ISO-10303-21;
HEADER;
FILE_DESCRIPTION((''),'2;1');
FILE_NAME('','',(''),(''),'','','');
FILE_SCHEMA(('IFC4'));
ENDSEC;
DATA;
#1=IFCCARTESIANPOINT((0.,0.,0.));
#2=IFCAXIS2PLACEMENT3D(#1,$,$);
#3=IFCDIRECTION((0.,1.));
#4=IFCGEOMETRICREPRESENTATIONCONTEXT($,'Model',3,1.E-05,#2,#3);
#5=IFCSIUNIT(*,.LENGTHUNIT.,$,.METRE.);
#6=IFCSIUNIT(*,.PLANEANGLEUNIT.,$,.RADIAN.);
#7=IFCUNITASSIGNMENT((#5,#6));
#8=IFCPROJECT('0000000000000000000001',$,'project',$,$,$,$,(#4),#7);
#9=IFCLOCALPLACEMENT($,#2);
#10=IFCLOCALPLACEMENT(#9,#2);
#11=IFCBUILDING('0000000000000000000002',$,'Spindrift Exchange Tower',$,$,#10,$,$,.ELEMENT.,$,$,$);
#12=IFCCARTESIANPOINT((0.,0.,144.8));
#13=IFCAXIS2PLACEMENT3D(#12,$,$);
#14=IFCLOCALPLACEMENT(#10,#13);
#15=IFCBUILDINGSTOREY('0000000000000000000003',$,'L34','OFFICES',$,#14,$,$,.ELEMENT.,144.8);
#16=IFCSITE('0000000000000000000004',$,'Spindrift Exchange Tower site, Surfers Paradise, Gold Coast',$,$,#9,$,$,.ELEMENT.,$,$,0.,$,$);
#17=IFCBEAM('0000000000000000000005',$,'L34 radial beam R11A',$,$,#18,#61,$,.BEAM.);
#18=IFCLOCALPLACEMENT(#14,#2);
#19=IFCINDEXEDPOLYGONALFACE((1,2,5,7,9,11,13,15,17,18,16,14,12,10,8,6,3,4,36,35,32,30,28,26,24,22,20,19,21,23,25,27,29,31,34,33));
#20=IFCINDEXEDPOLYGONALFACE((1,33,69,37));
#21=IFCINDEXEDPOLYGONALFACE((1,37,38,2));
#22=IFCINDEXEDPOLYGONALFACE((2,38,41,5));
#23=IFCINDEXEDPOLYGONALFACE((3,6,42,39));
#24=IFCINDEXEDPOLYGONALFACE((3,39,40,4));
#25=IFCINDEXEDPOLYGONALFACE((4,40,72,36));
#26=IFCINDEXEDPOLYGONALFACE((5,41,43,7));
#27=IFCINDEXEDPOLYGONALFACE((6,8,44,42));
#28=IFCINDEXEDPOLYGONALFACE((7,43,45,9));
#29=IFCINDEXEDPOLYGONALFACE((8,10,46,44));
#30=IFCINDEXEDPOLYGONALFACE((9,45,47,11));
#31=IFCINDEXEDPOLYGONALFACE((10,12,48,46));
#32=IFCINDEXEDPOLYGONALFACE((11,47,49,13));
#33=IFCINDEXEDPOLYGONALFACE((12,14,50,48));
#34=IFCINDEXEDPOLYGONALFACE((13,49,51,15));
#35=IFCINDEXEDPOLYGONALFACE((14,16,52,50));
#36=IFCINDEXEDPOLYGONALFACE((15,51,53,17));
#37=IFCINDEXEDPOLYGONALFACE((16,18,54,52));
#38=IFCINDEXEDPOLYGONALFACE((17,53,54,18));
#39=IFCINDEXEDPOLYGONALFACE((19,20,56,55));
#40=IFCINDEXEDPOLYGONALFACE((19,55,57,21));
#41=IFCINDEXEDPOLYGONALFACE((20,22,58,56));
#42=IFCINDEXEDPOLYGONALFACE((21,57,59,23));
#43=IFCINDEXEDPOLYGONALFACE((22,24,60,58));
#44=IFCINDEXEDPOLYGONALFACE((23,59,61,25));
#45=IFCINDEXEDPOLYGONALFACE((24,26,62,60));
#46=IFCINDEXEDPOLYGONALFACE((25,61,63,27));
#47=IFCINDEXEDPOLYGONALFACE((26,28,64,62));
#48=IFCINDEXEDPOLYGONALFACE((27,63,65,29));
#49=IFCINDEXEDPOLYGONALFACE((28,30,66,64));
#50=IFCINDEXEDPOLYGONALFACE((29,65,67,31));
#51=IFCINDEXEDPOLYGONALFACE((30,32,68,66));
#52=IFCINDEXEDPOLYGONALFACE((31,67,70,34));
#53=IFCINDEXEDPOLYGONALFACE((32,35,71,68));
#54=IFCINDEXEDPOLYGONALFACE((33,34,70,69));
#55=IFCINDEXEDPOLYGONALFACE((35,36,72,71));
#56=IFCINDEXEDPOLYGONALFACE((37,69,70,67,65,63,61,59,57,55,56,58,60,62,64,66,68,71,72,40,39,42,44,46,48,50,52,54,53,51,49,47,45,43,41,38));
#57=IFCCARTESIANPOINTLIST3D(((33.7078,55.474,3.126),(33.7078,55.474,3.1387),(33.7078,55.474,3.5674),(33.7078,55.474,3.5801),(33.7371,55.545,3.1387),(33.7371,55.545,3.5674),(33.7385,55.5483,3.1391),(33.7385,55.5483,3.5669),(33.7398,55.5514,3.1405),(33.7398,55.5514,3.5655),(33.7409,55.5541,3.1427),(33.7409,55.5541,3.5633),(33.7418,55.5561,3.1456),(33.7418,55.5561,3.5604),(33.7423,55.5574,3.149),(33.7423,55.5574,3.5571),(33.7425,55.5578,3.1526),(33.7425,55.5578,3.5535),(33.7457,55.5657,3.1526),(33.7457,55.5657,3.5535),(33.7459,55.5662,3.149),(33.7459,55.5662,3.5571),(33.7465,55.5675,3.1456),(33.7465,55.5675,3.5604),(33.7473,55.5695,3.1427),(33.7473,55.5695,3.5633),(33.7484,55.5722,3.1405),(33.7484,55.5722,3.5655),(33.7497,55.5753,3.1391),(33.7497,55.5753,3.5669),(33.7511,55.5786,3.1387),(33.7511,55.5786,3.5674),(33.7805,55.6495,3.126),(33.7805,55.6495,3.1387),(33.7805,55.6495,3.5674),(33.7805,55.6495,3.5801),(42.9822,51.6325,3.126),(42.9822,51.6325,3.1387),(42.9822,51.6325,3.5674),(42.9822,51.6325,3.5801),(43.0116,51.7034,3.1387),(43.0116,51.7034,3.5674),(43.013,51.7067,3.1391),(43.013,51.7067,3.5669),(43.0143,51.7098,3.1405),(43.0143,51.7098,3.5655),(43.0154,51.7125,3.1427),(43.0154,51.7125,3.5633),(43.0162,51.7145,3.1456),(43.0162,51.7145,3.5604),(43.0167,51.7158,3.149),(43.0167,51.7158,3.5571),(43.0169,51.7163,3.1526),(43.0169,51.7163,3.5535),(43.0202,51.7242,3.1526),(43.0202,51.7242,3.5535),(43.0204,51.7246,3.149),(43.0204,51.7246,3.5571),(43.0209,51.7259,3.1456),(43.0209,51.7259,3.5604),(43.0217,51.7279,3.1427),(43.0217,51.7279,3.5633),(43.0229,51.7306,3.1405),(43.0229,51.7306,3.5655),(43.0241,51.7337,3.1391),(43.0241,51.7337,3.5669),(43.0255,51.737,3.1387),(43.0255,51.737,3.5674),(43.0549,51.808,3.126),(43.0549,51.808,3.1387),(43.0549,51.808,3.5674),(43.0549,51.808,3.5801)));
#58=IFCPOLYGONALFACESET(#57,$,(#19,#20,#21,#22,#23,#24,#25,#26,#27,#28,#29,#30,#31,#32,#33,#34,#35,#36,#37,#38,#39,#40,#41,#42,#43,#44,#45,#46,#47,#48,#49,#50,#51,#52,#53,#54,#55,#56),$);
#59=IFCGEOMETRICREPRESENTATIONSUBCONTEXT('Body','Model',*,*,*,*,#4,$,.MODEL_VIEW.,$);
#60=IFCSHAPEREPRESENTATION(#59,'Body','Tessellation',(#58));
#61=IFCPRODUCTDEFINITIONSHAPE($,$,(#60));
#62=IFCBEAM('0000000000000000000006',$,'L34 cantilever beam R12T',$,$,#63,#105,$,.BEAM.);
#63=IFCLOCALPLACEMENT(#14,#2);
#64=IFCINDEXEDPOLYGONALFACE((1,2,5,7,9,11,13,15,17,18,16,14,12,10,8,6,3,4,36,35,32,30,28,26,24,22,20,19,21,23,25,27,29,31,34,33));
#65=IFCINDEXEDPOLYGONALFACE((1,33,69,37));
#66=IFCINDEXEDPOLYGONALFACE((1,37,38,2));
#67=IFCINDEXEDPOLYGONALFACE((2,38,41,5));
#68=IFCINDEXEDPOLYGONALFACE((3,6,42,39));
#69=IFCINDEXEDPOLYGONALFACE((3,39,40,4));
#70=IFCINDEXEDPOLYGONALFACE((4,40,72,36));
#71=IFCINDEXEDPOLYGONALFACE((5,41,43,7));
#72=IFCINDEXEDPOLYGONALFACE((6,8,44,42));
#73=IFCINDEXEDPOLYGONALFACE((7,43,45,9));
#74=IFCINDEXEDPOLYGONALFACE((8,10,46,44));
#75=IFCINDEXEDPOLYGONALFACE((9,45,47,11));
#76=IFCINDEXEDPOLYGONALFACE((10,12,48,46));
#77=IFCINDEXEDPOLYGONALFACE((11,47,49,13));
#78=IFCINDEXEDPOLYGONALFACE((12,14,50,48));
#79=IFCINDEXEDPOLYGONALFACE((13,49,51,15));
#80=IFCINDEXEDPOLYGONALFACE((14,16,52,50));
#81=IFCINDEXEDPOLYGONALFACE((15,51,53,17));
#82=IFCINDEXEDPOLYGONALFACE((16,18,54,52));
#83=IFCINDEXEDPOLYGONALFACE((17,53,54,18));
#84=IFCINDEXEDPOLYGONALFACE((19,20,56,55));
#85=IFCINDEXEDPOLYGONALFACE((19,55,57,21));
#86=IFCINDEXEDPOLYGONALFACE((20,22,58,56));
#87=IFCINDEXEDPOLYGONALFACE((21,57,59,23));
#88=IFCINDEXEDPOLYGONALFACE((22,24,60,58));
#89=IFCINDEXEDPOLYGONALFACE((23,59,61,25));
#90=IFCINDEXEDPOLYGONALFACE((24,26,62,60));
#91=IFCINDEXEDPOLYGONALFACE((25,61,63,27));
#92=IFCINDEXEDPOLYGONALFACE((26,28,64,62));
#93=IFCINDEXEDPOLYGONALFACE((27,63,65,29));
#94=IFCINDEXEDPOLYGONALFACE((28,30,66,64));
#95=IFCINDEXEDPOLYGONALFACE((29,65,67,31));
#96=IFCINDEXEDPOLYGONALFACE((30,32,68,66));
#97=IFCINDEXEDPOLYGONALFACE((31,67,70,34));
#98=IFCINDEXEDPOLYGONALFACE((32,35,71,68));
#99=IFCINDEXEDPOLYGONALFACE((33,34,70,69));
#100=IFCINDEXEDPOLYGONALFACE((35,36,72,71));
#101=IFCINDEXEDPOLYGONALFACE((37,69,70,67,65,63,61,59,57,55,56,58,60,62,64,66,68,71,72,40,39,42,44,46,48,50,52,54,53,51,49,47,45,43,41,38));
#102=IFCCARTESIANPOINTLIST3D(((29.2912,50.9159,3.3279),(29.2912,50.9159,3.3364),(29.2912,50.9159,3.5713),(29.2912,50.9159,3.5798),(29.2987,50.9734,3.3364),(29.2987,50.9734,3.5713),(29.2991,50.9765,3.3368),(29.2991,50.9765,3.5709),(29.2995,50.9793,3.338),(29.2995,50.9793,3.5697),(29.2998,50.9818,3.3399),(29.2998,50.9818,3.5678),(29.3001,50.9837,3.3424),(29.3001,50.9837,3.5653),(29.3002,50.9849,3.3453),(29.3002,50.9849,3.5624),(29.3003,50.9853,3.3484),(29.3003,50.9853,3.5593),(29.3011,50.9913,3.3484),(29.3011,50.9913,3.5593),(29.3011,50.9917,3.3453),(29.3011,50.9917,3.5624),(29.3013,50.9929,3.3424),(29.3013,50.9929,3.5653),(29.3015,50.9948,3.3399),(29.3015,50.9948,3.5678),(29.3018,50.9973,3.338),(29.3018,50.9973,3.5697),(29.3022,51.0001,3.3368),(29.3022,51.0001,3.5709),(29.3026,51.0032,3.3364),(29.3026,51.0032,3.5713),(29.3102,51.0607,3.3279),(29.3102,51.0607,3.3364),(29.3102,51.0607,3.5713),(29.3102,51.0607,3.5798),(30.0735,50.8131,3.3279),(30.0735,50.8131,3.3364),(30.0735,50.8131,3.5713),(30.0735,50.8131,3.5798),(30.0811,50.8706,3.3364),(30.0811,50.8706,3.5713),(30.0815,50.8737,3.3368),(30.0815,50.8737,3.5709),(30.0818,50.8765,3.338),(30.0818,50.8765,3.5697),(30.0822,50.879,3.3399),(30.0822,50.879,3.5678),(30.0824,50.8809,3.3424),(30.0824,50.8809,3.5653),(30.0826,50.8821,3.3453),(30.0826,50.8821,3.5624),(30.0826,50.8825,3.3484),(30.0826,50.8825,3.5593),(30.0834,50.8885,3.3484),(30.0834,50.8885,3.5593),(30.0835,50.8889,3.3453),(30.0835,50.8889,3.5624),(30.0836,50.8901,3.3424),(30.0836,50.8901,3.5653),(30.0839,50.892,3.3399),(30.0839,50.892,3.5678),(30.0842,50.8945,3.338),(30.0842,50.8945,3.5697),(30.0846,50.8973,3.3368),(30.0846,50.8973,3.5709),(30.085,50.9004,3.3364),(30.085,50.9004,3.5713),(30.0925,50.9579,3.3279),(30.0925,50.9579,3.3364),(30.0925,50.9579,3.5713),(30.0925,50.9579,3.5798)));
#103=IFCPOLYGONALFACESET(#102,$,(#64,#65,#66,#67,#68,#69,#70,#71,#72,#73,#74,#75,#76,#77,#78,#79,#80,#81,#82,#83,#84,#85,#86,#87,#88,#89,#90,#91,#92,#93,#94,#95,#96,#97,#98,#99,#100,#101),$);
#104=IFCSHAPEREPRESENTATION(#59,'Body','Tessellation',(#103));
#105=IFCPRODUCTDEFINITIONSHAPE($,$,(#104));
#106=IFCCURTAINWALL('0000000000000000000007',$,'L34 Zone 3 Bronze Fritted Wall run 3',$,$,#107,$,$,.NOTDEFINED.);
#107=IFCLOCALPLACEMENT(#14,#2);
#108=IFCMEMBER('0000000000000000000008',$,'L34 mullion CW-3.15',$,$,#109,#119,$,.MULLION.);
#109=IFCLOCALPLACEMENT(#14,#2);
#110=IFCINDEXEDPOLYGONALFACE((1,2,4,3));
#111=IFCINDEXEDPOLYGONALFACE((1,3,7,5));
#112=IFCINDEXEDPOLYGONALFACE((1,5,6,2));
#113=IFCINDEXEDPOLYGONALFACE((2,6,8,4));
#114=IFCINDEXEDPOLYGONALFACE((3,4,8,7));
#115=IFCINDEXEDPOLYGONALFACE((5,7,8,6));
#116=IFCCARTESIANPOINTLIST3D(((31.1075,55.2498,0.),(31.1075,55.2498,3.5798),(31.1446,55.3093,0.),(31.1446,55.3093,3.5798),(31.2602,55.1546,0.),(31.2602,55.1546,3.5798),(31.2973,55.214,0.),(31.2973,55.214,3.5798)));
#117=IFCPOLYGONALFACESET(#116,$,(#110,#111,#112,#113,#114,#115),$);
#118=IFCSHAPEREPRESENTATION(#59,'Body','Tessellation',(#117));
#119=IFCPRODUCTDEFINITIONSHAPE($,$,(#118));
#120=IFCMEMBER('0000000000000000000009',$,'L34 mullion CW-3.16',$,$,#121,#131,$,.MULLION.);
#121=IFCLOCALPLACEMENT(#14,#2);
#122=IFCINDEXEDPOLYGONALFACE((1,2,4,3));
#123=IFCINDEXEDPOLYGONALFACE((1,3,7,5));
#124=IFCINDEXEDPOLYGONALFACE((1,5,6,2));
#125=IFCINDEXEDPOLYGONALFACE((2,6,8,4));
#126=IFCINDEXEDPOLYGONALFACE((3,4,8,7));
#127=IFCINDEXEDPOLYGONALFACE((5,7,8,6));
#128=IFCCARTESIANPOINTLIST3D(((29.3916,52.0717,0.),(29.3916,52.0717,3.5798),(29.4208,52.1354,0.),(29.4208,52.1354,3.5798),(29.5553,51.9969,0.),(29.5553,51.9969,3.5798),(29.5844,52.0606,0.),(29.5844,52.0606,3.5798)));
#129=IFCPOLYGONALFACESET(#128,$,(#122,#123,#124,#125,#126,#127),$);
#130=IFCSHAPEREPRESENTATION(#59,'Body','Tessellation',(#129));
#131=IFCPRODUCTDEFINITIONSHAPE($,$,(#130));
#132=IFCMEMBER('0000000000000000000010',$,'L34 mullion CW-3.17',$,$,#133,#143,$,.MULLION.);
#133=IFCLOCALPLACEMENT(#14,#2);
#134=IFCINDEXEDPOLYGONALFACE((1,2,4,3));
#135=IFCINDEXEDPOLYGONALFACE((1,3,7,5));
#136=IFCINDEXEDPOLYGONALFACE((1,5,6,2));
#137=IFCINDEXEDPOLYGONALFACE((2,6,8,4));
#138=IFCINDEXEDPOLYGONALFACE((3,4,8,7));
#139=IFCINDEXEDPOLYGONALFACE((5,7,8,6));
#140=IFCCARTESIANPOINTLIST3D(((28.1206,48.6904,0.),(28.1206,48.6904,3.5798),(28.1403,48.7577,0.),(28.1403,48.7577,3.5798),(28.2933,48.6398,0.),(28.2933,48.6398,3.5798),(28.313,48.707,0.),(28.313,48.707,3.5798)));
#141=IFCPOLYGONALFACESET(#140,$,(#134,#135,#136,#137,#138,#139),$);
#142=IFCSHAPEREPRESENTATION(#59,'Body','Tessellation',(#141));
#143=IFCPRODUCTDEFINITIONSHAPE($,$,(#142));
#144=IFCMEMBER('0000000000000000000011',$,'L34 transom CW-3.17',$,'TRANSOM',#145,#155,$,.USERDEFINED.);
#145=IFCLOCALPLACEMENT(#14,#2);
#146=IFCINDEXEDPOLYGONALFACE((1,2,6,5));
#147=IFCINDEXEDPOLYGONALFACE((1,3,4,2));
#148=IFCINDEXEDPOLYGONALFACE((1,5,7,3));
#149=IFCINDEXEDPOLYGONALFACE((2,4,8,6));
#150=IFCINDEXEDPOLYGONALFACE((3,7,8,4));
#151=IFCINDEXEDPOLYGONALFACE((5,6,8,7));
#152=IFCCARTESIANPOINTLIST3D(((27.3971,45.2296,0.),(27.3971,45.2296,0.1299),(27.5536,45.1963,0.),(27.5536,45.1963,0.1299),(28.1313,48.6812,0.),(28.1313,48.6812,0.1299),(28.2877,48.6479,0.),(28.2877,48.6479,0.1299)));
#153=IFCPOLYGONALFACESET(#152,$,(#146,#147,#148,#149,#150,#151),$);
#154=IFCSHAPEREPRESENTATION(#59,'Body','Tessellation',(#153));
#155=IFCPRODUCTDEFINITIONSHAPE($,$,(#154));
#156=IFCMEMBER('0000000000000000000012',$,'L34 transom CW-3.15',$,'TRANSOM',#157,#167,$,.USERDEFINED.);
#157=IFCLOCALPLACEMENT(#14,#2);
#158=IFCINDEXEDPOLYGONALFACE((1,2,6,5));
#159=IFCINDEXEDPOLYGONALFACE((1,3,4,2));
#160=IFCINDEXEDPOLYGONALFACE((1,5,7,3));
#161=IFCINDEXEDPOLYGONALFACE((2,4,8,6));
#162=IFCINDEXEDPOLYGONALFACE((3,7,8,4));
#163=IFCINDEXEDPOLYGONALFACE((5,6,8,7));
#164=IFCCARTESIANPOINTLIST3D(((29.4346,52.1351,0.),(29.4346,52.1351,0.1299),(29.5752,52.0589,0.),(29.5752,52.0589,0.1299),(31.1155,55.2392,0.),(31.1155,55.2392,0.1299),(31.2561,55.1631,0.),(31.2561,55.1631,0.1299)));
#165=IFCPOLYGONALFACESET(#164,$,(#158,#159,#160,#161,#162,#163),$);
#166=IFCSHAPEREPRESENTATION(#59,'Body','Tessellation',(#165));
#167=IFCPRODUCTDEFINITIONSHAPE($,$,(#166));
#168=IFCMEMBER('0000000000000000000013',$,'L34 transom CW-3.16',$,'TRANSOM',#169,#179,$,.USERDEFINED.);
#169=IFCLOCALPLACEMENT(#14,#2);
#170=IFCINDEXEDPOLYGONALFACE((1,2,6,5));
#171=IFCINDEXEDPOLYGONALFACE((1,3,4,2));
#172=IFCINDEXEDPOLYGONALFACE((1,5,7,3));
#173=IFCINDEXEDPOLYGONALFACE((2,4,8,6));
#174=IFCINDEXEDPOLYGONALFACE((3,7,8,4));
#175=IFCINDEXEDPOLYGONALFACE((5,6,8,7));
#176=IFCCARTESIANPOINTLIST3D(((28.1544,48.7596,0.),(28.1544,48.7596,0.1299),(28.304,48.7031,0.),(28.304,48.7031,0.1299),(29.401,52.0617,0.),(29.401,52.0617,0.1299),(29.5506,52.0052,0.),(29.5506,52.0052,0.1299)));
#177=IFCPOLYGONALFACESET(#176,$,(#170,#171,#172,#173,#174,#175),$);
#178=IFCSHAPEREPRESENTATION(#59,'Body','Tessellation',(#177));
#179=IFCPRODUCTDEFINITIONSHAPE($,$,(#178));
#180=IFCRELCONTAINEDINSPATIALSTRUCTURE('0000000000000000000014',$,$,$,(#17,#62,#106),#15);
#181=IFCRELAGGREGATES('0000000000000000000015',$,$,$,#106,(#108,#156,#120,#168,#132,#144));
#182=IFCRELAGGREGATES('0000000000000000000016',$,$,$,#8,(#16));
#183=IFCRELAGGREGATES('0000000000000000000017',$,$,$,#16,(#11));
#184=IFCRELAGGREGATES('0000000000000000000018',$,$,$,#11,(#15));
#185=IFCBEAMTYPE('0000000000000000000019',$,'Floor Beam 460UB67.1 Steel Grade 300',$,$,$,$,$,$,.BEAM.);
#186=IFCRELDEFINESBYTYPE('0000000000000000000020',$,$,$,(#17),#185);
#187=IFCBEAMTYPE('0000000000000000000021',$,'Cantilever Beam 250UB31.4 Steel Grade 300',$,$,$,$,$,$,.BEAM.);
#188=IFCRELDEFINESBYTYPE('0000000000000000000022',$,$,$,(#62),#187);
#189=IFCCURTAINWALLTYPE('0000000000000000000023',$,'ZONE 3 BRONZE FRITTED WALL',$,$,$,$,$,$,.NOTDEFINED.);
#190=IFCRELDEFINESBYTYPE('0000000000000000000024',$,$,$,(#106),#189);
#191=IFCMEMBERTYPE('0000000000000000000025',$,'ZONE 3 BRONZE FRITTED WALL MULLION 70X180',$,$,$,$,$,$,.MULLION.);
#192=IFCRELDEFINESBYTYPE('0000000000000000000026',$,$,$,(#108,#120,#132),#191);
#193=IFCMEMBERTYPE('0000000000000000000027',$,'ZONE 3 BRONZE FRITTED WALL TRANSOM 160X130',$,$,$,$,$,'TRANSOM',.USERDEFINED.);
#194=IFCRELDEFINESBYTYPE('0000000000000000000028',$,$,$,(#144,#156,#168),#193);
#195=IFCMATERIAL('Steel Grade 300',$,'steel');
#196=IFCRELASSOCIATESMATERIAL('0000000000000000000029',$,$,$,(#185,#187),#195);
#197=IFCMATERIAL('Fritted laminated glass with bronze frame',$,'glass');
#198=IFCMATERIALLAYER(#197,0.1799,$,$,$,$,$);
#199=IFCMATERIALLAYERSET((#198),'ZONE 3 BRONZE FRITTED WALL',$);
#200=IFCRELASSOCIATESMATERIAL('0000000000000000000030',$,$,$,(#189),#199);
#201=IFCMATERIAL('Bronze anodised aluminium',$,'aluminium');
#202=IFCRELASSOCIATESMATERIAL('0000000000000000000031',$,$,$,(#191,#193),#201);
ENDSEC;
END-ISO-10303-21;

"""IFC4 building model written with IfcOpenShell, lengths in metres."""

from ifc_helpers import new_model, si_unit, direction, frame, origin, origin_2d, place, context, subcontext, project, spatial, rectangle, i_section, extrude, source, transform, mapped, material, layer, layer_set, material_profile, profile_set, type_object, element, aggregate, save


model = new_model("IFC4")

# Units and contexts
model_context = context("Model", 3, precision=1e-05, world=origin(), true_north=direction((0.0, 1.0)))
body_context = subcontext(model_context, "Body", "Model", "MODEL_VIEW")
ifc_project = project(units=[si_unit("LENGTHUNIT", "METRE"), si_unit("PLANEANGLEUNIT", "RADIAN")], contexts=[model_context])

# Site, building, storey
site_placement = place(None, origin())
site = spatial("IfcSite", under=ifc_project, at=site_placement, Name="Spindrift Exchange Tower site, Surfers Paradise, Gold Coast", CompositionType="ELEMENT", RefElevation=0.0)
building_placement = place(site_placement, origin())
building = spatial("IfcBuilding", under=site, at=building_placement, Name="Spindrift Exchange Tower", CompositionType="ELEMENT")
storey_placement = place(building_placement, frame((0.0, 0.0, 144.8)))
storey = spatial("IfcBuildingStorey", under=building, at=storey_placement, Name="L34", Description="OFFICES", CompositionType="ELEMENT", Elevation=144.8)

# Beams
ifc_material_1 = material(Name="Steel Grade 300", Category="steel")
ifc_material_profile_1 = material_profile(ifc_material_1, i_section(OverallWidth=0.1899, OverallDepth=0.4541, WebThickness=0.0085, FlangeThickness=0.0127, FilletRadius=0.0139, at=origin_2d()), Name="460UB67.1")
ifc_profile_set_1 = profile_set([ifc_material_profile_1], Name="Steel Grade 300")
beam_type_1 = type_object("IfcBeamType", Name="Floor Beam 460UB67.1 Steel Grade 300", PredefinedType="BEAM", material=ifc_profile_set_1)
shared_shape_1 = source(origin(), body_context, "Body", "SweptSolid", [
    extrude(i_section(OverallWidth=0.1899, OverallDepth=0.4541, WebThickness=0.0085, FlangeThickness=0.0127, FilletRadius=0.0139, at=origin_2d()), origin(), (0.0, 0.0, 1.0), 10.0386),
])
beam_1_placement = place(storey_placement, frame((43.0186, 51.7202, 3.353), z_axis=(-0.923881, 0.38268, 0.0), x_axis=(-0.38268, -0.923881, 0.0)))
element("IfcBeam", 1, at=beam_1_placement, inside=storey, type_object=beam_type_1, Name="L34 radial beam R11A", PredefinedType="BEAM", context=body_context, shape_type="MappedRepresentation", body=[
    mapped(shared_shape_1, transform((0.0, 0.0, 0.0), scale=1.0)),
])
ifc_material_profile_2 = material_profile(ifc_material_1, i_section(OverallWidth=0.146, OverallDepth=0.252, WebThickness=0.0061, FlangeThickness=0.0085, FilletRadius=0.012, at=origin_2d()), Name="250UB31.4")
ifc_profile_set_2 = profile_set([ifc_material_profile_2], Name="Steel Grade 300")
beam_type_2 = type_object("IfcBeamType", Name="Cantilever Beam 250UB31.4 Steel Grade 300", PredefinedType="BEAM", material=ifc_profile_set_2)
shared_shape_2 = source(origin(), body_context, "Body", "SweptSolid", [
    extrude(i_section(OverallWidth=0.146, OverallDepth=0.252, WebThickness=0.0061, FlangeThickness=0.0085, FilletRadius=0.012, at=origin_2d()), origin(), (0.0, 0.0, 1.0), 0.7891),
])
beam_2_placement = place(storey_placement, frame((30.083, 50.8855, 3.4539), z_axis=(-0.991477, 0.130278, 0.0), x_axis=(-0.130278, -0.991477, 0.0)))
element("IfcBeam", 2, at=beam_2_placement, inside=storey, type_object=beam_type_2, Name="L34 cantilever beam R12T", PredefinedType="BEAM", context=body_context, shape_type="MappedRepresentation", body=[
    mapped(shared_shape_2, transform((0.0, 0.0, 0.0), scale=1.0)),
])

# Curtain wall, members
ifc_material_2 = material(Name="Fritted laminated glass with bronze frame", Category="glass")
ifc_layer_1 = layer(ifc_material_2, 0.1799)
ifc_layer_set_1 = layer_set([ifc_layer_1], Name="ZONE 3 BRONZE FRITTED WALL")
curtain_wall_type = type_object("IfcCurtainWallType", Name="ZONE 3 BRONZE FRITTED WALL", PredefinedType="NOTDEFINED", material=ifc_layer_set_1)
curtain_wall_placement = place(storey_placement, origin())
curtain_wall = element("IfcCurtainWall", 3, at=curtain_wall_placement, inside=storey, type_object=curtain_wall_type, Name="L34 Zone 3 Bronze Fritted Wall run 3", PredefinedType="NOTDEFINED")
ifc_material_3 = material(Name="Bronze anodised aluminium", Category="aluminium")
ifc_material_profile_3 = material_profile(ifc_material_3, rectangle(XDim=0.0701, YDim=0.1799, at=origin_2d()), Name="ZONE 3 BRONZE FRITTED WALL MULLION 70X180")
ifc_profile_set_3 = profile_set([ifc_material_profile_3], Name="Bronze anodised aluminium")
member_type_1 = type_object("IfcMemberType", Name="ZONE 3 BRONZE FRITTED WALL MULLION 70X180", PredefinedType="MULLION", material=ifc_profile_set_3)
shared_shape_3 = source(origin(), body_context, "Body", "SweptSolid", [
    extrude(rectangle(XDim=0.0701, YDim=0.1799, at=origin_2d()), origin(), (0.0, 0.0, 1.0), 3.5798),
])
member_1_placement = place(storey_placement, frame((31.2024, 55.2319, 0.0), z_axis=(0.0, 0.0, 1.0), x_axis=(-0.529364, -0.848395, 0.0)))
member_1 = element("IfcMember", 4, at=member_1_placement, type_object=member_type_1, Name="L34 mullion CW-3.15", PredefinedType="MULLION", context=body_context, shape_type="MappedRepresentation", body=[
    mapped(shared_shape_3, transform((0.0, 0.0, 0.0), scale=1.0)),
])
member_2_placement = place(storey_placement, frame((29.488, 52.0662, 0.0), z_axis=(0.0, 0.0, 1.0), x_axis=(-0.415639, -0.90953, 0.0)))
member_2 = element("IfcMember", 5, at=member_2_placement, type_object=member_type_1, Name="L34 mullion CW-3.16", PredefinedType="MULLION", context=body_context, shape_type="MappedRepresentation", body=[
    mapped(shared_shape_3, transform((0.0, 0.0, 0.0), scale=1.0)),
])
member_3_placement = place(storey_placement, frame((28.2168, 48.6987, 0.0), z_axis=(0.0, 0.0, 1.0), x_axis=(-0.281423, -0.959584, 0.0)))
member_3 = element("IfcMember", 6, at=member_3_placement, type_object=member_type_1, Name="L34 mullion CW-3.17", PredefinedType="MULLION", context=body_context, shape_type="MappedRepresentation", body=[
    mapped(shared_shape_3, transform((0.0, 0.0, 0.0), scale=1.0)),
])
ifc_material_profile_4 = material_profile(ifc_material_3, rectangle(XDim=0.1599, YDim=0.1299, at=origin_2d()), Name="ZONE 3 BRONZE FRITTED WALL TRANSOM 160X130")
ifc_profile_set_4 = profile_set([ifc_material_profile_4], Name="Bronze anodised aluminium")
member_type_2 = type_object("IfcMemberType", Name="ZONE 3 BRONZE FRITTED WALL TRANSOM 160X130", ElementType="TRANSOM", PredefinedType="USERDEFINED", material=ifc_profile_set_4)
shared_shape_4 = source(origin(), body_context, "Body", "SweptSolid", [
    extrude(rectangle(XDim=0.1599, YDim=0.1299, at=origin_2d()), origin(), (0.0, 0.0, 1.0), 3.5288),
])
member_4_placement = place(storey_placement, frame((28.2095, 48.6646, 0.0649), z_axis=(-0.208036, -0.978121, 0.0), x_axis=(0.978121, -0.208036, 0.0)))
member_4 = element("IfcMember", 7, at=member_4_placement, type_object=member_type_2, Name="L34 transom CW-3.17", ObjectType="TRANSOM", PredefinedType="USERDEFINED", context=body_context, shape_type="MappedRepresentation", body=[
    mapped(shared_shape_4, transform((0.0, 0.0, 0.0), scale=1.0)),
])
shared_shape_5 = source(origin(), body_context, "Body", "SweptSolid", [
    extrude(rectangle(XDim=0.1599, YDim=0.1299, at=origin_2d()), origin(), (0.0, 0.0, 1.0), 3.53),
])
member_5_placement = place(storey_placement, frame((31.1858, 55.2012, 0.0649), z_axis=(-0.476161, -0.879358, 0.0), x_axis=(0.879358, -0.476161, 0.0)))
member_5 = element("IfcMember", 8, at=member_5_placement, type_object=member_type_2, Name="L34 transom CW-3.15", ObjectType="TRANSOM", PredefinedType="USERDEFINED", context=body_context, shape_type="MappedRepresentation", body=[
    mapped(shared_shape_5, transform((0.0, 0.0, 0.0), scale=1.0)),
])
shared_shape_6 = source(origin(), body_context, "Body", "SweptSolid", [
    extrude(rectangle(XDim=0.1599, YDim=0.1299, at=origin_2d()), origin(), (0.0, 0.0, 1.0), 3.5295),
])
member_6_placement = place(storey_placement, frame((29.4758, 52.0334, 0.0649), z_axis=(-0.353192, -0.935551, 0.0), x_axis=(0.935551, -0.353192, 0.0)))
member_6 = element("IfcMember", 9, at=member_6_placement, type_object=member_type_2, Name="L34 transom CW-3.16", ObjectType="TRANSOM", PredefinedType="USERDEFINED", context=body_context, shape_type="MappedRepresentation", body=[
    mapped(shared_shape_6, transform((0.0, 0.0, 0.0), scale=1.0)),
])
aggregate(curtain_wall, [member_1, member_5, member_2, member_6, member_3, member_4])

save(model, "model.ifc")
